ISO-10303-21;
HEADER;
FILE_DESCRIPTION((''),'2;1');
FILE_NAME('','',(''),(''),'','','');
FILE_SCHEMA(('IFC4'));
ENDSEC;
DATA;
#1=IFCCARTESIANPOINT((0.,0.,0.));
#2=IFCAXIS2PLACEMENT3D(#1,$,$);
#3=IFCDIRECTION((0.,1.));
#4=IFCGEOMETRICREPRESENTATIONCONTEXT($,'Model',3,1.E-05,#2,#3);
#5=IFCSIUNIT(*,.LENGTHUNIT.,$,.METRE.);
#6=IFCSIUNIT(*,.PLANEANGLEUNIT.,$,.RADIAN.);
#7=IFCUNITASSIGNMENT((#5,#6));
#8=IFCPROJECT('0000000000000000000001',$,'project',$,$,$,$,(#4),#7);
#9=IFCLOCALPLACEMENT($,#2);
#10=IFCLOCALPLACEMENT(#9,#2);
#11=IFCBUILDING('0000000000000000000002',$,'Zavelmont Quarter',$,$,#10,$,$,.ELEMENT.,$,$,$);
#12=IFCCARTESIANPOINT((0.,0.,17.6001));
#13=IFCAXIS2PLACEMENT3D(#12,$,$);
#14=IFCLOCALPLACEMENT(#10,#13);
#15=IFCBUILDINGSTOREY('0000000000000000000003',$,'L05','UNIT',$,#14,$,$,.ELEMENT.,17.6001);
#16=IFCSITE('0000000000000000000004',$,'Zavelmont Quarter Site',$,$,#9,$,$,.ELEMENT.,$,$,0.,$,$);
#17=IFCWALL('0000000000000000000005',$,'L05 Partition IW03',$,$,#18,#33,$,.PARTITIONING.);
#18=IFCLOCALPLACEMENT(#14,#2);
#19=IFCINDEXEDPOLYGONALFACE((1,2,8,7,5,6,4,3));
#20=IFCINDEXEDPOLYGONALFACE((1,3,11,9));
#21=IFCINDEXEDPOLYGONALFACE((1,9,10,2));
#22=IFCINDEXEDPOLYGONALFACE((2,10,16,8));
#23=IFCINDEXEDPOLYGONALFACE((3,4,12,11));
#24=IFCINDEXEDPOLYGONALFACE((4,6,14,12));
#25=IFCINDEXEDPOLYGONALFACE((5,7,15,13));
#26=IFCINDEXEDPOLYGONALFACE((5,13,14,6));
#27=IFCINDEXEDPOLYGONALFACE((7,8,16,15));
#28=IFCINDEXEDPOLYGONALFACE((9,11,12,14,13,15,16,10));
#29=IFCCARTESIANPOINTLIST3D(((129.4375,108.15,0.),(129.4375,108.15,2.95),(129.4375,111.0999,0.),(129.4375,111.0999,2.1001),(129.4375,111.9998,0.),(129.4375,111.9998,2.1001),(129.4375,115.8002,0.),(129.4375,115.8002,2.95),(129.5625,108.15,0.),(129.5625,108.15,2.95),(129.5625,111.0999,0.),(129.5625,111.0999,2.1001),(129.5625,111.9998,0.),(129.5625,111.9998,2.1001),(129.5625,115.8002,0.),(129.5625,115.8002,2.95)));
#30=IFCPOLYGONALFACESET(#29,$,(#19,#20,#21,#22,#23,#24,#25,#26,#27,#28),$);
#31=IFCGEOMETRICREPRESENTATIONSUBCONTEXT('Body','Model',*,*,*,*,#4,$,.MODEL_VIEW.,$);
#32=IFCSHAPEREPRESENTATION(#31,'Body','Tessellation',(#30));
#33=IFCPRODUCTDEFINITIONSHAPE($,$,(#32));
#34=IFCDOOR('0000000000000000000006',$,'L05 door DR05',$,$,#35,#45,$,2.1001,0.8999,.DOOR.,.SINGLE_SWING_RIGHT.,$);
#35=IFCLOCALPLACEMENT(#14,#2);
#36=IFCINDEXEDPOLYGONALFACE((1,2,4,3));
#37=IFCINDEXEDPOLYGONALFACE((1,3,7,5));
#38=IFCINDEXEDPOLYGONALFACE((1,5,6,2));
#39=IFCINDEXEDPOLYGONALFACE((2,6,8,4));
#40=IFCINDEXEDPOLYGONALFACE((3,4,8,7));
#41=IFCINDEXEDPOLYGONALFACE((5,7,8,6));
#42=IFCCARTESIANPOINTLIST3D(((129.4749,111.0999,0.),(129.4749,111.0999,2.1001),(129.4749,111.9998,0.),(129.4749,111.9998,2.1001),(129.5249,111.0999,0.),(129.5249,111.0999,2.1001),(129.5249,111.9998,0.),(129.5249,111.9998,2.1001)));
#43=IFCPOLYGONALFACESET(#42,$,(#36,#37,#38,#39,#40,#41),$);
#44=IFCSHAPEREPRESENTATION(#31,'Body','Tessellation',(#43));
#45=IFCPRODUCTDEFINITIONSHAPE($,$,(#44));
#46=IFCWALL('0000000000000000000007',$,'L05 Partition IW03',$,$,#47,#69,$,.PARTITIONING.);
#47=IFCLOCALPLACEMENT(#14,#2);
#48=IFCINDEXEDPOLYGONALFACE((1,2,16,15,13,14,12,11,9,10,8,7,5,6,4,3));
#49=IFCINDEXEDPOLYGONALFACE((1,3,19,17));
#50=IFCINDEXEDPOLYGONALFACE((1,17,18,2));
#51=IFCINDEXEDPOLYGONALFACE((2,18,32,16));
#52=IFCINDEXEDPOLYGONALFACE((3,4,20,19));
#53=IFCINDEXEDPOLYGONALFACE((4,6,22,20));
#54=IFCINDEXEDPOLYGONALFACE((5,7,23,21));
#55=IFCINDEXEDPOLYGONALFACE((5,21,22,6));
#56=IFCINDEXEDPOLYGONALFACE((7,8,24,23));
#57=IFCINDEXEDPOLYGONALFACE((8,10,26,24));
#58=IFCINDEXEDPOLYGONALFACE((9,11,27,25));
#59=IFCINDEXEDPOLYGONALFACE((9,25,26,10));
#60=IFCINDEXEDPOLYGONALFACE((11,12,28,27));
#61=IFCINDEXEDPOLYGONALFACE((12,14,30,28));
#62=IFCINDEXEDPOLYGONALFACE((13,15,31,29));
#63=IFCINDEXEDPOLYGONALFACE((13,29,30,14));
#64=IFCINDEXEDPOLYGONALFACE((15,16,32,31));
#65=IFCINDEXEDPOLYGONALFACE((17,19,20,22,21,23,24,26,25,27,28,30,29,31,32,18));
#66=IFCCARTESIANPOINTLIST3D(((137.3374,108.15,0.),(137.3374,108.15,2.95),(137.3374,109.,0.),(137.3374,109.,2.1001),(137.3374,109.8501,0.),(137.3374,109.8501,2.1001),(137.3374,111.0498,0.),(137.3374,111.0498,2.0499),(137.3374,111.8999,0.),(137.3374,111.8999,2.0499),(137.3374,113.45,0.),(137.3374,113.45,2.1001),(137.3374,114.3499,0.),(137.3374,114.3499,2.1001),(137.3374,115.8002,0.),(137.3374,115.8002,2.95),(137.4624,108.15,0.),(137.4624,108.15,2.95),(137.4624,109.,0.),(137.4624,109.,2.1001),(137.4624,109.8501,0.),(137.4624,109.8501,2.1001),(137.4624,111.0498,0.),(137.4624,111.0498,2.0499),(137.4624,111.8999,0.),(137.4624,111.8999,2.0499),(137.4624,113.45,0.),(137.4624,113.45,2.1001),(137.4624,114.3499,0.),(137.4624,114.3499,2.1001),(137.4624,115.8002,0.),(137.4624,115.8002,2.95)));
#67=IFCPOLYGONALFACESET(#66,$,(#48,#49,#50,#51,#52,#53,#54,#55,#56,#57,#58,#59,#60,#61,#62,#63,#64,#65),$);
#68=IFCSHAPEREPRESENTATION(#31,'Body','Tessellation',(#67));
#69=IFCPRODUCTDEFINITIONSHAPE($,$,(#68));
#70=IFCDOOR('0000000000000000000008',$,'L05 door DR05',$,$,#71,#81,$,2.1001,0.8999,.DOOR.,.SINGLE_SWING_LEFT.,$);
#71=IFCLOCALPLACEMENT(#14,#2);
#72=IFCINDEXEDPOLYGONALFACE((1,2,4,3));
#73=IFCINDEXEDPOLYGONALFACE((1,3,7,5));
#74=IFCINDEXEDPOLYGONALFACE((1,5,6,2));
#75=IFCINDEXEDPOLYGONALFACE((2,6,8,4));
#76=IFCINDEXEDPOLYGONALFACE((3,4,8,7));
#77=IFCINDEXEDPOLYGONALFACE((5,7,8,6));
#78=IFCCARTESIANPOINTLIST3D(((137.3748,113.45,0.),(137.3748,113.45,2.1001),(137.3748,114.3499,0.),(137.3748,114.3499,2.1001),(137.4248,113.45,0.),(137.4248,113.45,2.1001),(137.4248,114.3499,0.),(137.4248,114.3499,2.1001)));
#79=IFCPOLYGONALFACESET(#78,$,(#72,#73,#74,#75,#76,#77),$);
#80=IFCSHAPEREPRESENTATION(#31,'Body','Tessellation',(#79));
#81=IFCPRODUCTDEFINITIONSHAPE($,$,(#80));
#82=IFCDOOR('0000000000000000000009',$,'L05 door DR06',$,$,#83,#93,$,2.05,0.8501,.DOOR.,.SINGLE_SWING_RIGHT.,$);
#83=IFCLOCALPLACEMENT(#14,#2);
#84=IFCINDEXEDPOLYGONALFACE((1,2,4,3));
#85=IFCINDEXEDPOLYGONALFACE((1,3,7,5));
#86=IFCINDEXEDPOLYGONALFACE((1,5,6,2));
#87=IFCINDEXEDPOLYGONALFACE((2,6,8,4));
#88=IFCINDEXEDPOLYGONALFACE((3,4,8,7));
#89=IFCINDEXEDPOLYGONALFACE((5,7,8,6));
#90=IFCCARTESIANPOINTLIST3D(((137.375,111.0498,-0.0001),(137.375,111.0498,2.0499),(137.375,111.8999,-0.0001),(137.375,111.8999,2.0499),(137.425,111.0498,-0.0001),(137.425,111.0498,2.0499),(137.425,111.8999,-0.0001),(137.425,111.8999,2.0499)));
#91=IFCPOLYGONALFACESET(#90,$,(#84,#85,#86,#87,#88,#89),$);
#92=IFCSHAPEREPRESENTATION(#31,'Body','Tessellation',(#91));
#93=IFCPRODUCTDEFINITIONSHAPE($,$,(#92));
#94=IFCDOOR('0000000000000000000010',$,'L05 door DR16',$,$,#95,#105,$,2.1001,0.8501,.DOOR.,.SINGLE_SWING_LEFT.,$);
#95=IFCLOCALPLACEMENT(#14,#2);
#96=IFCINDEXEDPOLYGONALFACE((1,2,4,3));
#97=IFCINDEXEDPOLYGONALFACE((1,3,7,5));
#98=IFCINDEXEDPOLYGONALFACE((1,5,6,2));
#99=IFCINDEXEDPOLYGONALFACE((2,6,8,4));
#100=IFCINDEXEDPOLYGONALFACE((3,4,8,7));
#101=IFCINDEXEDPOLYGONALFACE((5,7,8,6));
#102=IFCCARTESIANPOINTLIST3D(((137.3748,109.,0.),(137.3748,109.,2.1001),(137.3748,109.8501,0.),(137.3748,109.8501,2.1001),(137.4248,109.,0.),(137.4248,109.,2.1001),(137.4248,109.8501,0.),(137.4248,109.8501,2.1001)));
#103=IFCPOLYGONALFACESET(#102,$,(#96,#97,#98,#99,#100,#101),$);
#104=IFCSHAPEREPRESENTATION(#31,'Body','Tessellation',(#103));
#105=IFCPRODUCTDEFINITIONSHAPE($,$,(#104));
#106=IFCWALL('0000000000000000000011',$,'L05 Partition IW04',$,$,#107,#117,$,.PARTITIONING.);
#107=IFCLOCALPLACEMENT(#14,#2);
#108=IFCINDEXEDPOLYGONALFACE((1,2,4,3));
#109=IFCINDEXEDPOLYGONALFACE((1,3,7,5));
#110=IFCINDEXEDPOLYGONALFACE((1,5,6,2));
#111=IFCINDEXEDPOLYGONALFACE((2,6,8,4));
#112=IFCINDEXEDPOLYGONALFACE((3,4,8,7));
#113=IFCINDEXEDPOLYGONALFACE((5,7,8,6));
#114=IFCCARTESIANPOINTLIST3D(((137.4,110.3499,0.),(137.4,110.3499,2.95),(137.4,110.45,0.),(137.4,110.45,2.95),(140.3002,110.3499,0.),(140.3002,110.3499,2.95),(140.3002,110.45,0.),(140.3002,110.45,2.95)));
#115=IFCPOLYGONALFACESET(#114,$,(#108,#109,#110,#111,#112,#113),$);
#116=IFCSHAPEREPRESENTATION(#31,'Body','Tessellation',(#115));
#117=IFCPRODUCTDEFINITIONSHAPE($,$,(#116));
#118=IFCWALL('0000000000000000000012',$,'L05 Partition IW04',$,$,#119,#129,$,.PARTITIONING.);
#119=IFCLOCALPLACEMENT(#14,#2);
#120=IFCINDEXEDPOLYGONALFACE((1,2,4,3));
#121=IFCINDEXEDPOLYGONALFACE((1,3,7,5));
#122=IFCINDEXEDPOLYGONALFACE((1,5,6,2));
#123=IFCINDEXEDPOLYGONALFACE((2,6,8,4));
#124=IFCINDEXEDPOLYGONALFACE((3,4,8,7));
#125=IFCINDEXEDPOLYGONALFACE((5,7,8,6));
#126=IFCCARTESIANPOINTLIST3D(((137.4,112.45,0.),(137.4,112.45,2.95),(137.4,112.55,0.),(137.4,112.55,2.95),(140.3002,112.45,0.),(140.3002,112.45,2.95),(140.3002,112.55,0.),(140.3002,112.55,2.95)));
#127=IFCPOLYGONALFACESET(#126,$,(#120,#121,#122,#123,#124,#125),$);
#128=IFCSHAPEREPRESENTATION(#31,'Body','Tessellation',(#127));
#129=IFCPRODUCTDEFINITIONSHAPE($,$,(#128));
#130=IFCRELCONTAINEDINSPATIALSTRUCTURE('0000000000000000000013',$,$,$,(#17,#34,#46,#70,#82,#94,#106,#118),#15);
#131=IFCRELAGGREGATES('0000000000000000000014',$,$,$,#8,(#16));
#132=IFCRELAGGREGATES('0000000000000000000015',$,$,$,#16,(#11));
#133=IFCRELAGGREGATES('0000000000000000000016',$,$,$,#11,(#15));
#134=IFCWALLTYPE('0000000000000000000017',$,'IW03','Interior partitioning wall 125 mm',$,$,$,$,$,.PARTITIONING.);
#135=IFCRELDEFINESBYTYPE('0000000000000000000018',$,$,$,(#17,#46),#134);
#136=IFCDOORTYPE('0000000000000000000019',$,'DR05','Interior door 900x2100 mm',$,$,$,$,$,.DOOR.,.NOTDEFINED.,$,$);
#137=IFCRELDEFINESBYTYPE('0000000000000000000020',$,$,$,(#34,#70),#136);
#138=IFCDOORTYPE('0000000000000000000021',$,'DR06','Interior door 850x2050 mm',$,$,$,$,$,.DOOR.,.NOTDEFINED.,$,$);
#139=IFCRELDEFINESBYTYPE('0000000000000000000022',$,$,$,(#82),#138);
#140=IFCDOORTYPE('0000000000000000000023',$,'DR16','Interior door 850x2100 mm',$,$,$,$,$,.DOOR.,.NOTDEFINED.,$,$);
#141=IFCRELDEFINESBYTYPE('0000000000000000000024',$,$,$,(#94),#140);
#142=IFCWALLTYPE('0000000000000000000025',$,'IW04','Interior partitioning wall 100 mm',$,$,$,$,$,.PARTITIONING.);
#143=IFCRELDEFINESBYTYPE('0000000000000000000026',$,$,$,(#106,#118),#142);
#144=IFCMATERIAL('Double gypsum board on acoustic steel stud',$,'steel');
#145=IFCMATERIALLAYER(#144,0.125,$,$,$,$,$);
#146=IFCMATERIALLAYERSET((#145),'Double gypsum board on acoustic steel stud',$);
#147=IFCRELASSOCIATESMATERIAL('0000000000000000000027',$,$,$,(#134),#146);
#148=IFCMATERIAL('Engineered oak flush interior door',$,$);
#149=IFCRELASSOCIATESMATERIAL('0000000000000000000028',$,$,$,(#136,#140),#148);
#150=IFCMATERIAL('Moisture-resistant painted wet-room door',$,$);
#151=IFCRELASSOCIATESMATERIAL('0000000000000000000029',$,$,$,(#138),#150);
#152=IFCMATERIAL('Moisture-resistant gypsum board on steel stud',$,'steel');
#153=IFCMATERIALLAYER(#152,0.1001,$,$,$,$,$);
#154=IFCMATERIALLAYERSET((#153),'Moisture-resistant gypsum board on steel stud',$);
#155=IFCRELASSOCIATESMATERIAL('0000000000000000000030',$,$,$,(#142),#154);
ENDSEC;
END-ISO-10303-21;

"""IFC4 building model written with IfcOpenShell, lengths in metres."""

from ifc_helpers import new_model, si_unit, direction, frame, frame_2d, origin, origin_with_axes, place, context, subcontext, project, spatial, rectangle, extrude, material, layer, layer_set, type_object, element, fill, save


model = new_model("IFC4")

# Units and contexts
model_context = context("Model", 3, precision=1e-05, world=origin(), true_north=direction((0.0, 1.0)))
body_context = subcontext(model_context, "Body", "Model", "MODEL_VIEW")
ifc_project = project(units=[si_unit("LENGTHUNIT", "METRE"), si_unit("PLANEANGLEUNIT", "RADIAN")], contexts=[model_context])

# Site, building, storey
site_placement = place(None, origin())
site = spatial("IfcSite", under=ifc_project, at=site_placement, Name="Zavelmont Quarter Site", CompositionType="ELEMENT", RefElevation=0.0)
building_placement = place(site_placement, origin())
building = spatial("IfcBuilding", under=site, at=building_placement, Name="Zavelmont Quarter", CompositionType="ELEMENT")
storey_placement = place(building_placement, frame((0.0, 0.0, 17.6001)))
storey = spatial("IfcBuildingStorey", under=building, at=storey_placement, Name="L05", Description="UNIT", CompositionType="ELEMENT", Elevation=17.6001)

# Wall, opening, door
ifc_material_1 = material(Name="Double gypsum board on acoustic steel stud", Category="steel")
ifc_layer_1 = layer(ifc_material_1, 0.125)
ifc_layer_set_1 = layer_set([ifc_layer_1], Name="Double gypsum board on acoustic steel stud")
wall_type_1 = type_object("IfcWallType", Name="IW03", Description="Interior partitioning wall 125 mm", PredefinedType="PARTITIONING", material=ifc_layer_set_1)
wall_1_placement = place(storey_placement, frame((129.5, 108.1499, 0.0), z_axis=(0.0, 0.0, 1.0), x_axis=(0.0, 1.0, 0.0)))
wall_1 = element("IfcWall", 1, at=wall_1_placement, inside=storey, type_object=wall_type_1, Name="L05 Partition IW03", PredefinedType="PARTITIONING", context=body_context, shape_type="SweptSolid", body=[
    extrude(rectangle(XDim=7.6501, YDim=0.125, at=frame_2d((3.8252, 0.0))), origin(), (0.0, 0.0, 1.0), 2.95),
])
opening_1_placement = place(wall_1_placement, frame((2.95, 0.0, 0.0)))
opening_1 = element("IfcOpeningElement", 2, at=opening_1_placement, cuts=wall_1, PredefinedType="OPENING", context=body_context, shape_type="SweptSolid", body=[
    extrude(rectangle(XDim=0.8999, YDim=2.1001, at=frame_2d((0.45, 1.05))), frame((0.0, 0.0745, 0.0), z_axis=(0.0, -1.0, 0.0), x_axis=(1.0, 0.0, 0.0)), (0.0, 0.0, 1.0), 0.1489),
])
ifc_material_2 = material(Name="Engineered oak flush interior door")
door_type_1 = type_object("IfcDoorType", Name="DR05", Description="Interior door 900x2100 mm", OperationType="NOTDEFINED", PredefinedType="DOOR", material=ifc_material_2)
door_1_placement = place(opening_1_placement, frame((0.8999, 0.0, 0.0), z_axis=(0.0, 0.0, 1.0), x_axis=(-1.0, 0.0, 0.0)))
door_1 = element("IfcDoor", 3, at=door_1_placement, inside=storey, type_object=door_type_1, Name="L05 door DR05", OperationType="SINGLE_SWING_RIGHT", OverallHeight=2.1001, OverallWidth=0.8999, PredefinedType="DOOR", context=body_context, shape_type="SweptSolid", body=[
    extrude(rectangle(XDim=0.8999, YDim=2.1001, at=frame_2d((0.45, 1.05))), frame((0.0, 0.0249, 0.0), z_axis=(0.0, -1.0, 0.0), x_axis=(1.0, 0.0, 0.0)), (0.0, 0.0, 1.0), 0.05),
])
fill(opening_1, door_1)

# Wall, openings, doors
wall_2_placement = place(storey_placement, frame((137.3999, 108.1499, 0.0), z_axis=(0.0, 0.0, 1.0), x_axis=(0.0, 1.0, 0.0)))
wall_2 = element("IfcWall", 4, at=wall_2_placement, inside=storey, type_object=wall_type_1, Name="L05 Partition IW03", PredefinedType="PARTITIONING", context=body_context, shape_type="SweptSolid", body=[
    extrude(rectangle(XDim=7.6501, YDim=0.125, at=frame_2d((3.8252, 0.0))), origin(), (0.0, 0.0, 1.0), 2.95),
])
opening_2_placement = place(wall_2_placement, frame((0.8501, 0.0, 0.0)))
opening_2 = element("IfcOpeningElement", 5, at=opening_2_placement, cuts=wall_2, PredefinedType="OPENING", context=body_context, shape_type="SweptSolid", body=[
    extrude(rectangle(XDim=0.8501, YDim=2.1001, at=frame_2d((0.425, 1.05))), frame((0.0, 0.0745, 0.0), z_axis=(0.0, -1.0, 0.0), x_axis=(1.0, 0.0, 0.0)), (0.0, 0.0, 1.0), 0.1489),
])
opening_3_placement = place(wall_2_placement, frame((2.8999, 0.0, 0.0)))
opening_3 = element("IfcOpeningElement", 6, at=opening_3_placement, cuts=wall_2, PredefinedType="OPENING", context=body_context, shape_type="SweptSolid", body=[
    extrude(rectangle(XDim=0.8501, YDim=2.05, at=frame_2d((0.425, 1.0249))), frame((0.0, 0.0745, 0.0), z_axis=(0.0, -1.0, 0.0), x_axis=(1.0, 0.0, 0.0)), (0.0, 0.0, 1.0), 0.1489),
])
opening_4_placement = place(wall_2_placement, frame((5.3, 0.0, 0.0)))
opening_4 = element("IfcOpeningElement", 7, at=opening_4_placement, cuts=wall_2, PredefinedType="OPENING", context=body_context, shape_type="SweptSolid", body=[
    extrude(rectangle(XDim=0.8999, YDim=2.1001, at=frame_2d((0.45, 1.05))), frame((0.0, 0.0745, 0.0), z_axis=(0.0, -1.0, 0.0), x_axis=(1.0, 0.0, 0.0)), (0.0, 0.0, 1.0), 0.1489),
])
door_2_placement = place(opening_4_placement, frame((0.8999, 0.0, 0.0), z_axis=(0.0, 0.0, 1.0), x_axis=(-1.0, 0.0, 0.0)))
door_2 = element("IfcDoor", 8, at=door_2_placement, inside=storey, type_object=door_type_1, Name="L05 door DR05", OperationType="SINGLE_SWING_LEFT", OverallHeight=2.1001, OverallWidth=0.8999, PredefinedType="DOOR", context=body_context, shape_type="SweptSolid", body=[
    extrude(rectangle(XDim=0.8999, YDim=2.1001, at=frame_2d((0.45, 1.05))), frame((0.0, 0.0249, 0.0), z_axis=(0.0, -1.0, 0.0), x_axis=(1.0, 0.0, 0.0)), (0.0, 0.0, 1.0), 0.05),
])
fill(opening_4, door_2)
ifc_material_3 = material(Name="Moisture-resistant painted wet-room door")
door_type_2 = type_object("IfcDoorType", Name="DR06", Description="Interior door 850x2050 mm", OperationType="NOTDEFINED", PredefinedType="DOOR", material=ifc_material_3)
door_3_placement = place(opening_3_placement, origin_with_axes())
door_3 = element("IfcDoor", 9, at=door_3_placement, inside=storey, type_object=door_type_2, Name="L05 door DR06", OperationType="SINGLE_SWING_RIGHT", OverallHeight=2.05, OverallWidth=0.8501, PredefinedType="DOOR", context=body_context, shape_type="SweptSolid", body=[
    extrude(rectangle(XDim=0.8501, YDim=2.05, at=frame_2d((0.425, 1.0249))), frame((0.0, 0.0249, 0.0), z_axis=(0.0, -1.0, 0.0), x_axis=(1.0, 0.0, 0.0)), (0.0, 0.0, 1.0), 0.05),
])
fill(opening_3, door_3)
door_type_3 = type_object("IfcDoorType", Name="DR16", Description="Interior door 850x2100 mm", OperationType="NOTDEFINED", PredefinedType="DOOR", material=ifc_material_2)
door_4_placement = place(opening_2_placement, frame((0.8501, 0.0, 0.0), z_axis=(0.0, 0.0, 1.0), x_axis=(-1.0, 0.0, 0.0)))
door_4 = element("IfcDoor", 10, at=door_4_placement, inside=storey, type_object=door_type_3, Name="L05 door DR16", OperationType="SINGLE_SWING_LEFT", OverallHeight=2.1001, OverallWidth=0.8501, PredefinedType="DOOR", context=body_context, shape_type="SweptSolid", body=[
    extrude(rectangle(XDim=0.8501, YDim=2.1001, at=frame_2d((0.425, 1.05))), frame((0.0, 0.0249, 0.0), z_axis=(0.0, -1.0, 0.0), x_axis=(1.0, 0.0, 0.0)), (0.0, 0.0, 1.0), 0.05),
])
fill(opening_2, door_4)

# Walls
ifc_material_4 = material(Name="Moisture-resistant gypsum board on steel stud", Category="steel")
ifc_layer_2 = layer(ifc_material_4, 0.1001)
ifc_layer_set_2 = layer_set([ifc_layer_2], Name="Moisture-resistant gypsum board on steel stud")
wall_type_2 = type_object("IfcWallType", Name="IW04", Description="Interior partitioning wall 100 mm", PredefinedType="PARTITIONING", material=ifc_layer_set_2)
for number, where, z_axis, x_axis, name in (
    (11, (137.3999, 110.3999, 0.0), (0.0, 0.0, 1.0), (1.0, 0.0, 0.0), "L05 Partition IW04"),
    (12, (137.3999, 112.5, 0.0), (0.0, 0.0, 1.0), (1.0, 0.0, 0.0), "L05 Partition IW04"),
):
    element("IfcWall", number, at=place(storey_placement, frame(where, z_axis=z_axis, x_axis=x_axis)), inside=storey, type_object=wall_type_2, Name=name, PredefinedType="PARTITIONING", context=body_context, shape_type="SweptSolid", body=[
        extrude(rectangle(XDim=2.9001, YDim=0.1001, at=frame_2d((1.4502, 0.0))), origin(), (0.0, 0.0, 1.0), 2.95),
    ])

save(model, "model.ifc")
